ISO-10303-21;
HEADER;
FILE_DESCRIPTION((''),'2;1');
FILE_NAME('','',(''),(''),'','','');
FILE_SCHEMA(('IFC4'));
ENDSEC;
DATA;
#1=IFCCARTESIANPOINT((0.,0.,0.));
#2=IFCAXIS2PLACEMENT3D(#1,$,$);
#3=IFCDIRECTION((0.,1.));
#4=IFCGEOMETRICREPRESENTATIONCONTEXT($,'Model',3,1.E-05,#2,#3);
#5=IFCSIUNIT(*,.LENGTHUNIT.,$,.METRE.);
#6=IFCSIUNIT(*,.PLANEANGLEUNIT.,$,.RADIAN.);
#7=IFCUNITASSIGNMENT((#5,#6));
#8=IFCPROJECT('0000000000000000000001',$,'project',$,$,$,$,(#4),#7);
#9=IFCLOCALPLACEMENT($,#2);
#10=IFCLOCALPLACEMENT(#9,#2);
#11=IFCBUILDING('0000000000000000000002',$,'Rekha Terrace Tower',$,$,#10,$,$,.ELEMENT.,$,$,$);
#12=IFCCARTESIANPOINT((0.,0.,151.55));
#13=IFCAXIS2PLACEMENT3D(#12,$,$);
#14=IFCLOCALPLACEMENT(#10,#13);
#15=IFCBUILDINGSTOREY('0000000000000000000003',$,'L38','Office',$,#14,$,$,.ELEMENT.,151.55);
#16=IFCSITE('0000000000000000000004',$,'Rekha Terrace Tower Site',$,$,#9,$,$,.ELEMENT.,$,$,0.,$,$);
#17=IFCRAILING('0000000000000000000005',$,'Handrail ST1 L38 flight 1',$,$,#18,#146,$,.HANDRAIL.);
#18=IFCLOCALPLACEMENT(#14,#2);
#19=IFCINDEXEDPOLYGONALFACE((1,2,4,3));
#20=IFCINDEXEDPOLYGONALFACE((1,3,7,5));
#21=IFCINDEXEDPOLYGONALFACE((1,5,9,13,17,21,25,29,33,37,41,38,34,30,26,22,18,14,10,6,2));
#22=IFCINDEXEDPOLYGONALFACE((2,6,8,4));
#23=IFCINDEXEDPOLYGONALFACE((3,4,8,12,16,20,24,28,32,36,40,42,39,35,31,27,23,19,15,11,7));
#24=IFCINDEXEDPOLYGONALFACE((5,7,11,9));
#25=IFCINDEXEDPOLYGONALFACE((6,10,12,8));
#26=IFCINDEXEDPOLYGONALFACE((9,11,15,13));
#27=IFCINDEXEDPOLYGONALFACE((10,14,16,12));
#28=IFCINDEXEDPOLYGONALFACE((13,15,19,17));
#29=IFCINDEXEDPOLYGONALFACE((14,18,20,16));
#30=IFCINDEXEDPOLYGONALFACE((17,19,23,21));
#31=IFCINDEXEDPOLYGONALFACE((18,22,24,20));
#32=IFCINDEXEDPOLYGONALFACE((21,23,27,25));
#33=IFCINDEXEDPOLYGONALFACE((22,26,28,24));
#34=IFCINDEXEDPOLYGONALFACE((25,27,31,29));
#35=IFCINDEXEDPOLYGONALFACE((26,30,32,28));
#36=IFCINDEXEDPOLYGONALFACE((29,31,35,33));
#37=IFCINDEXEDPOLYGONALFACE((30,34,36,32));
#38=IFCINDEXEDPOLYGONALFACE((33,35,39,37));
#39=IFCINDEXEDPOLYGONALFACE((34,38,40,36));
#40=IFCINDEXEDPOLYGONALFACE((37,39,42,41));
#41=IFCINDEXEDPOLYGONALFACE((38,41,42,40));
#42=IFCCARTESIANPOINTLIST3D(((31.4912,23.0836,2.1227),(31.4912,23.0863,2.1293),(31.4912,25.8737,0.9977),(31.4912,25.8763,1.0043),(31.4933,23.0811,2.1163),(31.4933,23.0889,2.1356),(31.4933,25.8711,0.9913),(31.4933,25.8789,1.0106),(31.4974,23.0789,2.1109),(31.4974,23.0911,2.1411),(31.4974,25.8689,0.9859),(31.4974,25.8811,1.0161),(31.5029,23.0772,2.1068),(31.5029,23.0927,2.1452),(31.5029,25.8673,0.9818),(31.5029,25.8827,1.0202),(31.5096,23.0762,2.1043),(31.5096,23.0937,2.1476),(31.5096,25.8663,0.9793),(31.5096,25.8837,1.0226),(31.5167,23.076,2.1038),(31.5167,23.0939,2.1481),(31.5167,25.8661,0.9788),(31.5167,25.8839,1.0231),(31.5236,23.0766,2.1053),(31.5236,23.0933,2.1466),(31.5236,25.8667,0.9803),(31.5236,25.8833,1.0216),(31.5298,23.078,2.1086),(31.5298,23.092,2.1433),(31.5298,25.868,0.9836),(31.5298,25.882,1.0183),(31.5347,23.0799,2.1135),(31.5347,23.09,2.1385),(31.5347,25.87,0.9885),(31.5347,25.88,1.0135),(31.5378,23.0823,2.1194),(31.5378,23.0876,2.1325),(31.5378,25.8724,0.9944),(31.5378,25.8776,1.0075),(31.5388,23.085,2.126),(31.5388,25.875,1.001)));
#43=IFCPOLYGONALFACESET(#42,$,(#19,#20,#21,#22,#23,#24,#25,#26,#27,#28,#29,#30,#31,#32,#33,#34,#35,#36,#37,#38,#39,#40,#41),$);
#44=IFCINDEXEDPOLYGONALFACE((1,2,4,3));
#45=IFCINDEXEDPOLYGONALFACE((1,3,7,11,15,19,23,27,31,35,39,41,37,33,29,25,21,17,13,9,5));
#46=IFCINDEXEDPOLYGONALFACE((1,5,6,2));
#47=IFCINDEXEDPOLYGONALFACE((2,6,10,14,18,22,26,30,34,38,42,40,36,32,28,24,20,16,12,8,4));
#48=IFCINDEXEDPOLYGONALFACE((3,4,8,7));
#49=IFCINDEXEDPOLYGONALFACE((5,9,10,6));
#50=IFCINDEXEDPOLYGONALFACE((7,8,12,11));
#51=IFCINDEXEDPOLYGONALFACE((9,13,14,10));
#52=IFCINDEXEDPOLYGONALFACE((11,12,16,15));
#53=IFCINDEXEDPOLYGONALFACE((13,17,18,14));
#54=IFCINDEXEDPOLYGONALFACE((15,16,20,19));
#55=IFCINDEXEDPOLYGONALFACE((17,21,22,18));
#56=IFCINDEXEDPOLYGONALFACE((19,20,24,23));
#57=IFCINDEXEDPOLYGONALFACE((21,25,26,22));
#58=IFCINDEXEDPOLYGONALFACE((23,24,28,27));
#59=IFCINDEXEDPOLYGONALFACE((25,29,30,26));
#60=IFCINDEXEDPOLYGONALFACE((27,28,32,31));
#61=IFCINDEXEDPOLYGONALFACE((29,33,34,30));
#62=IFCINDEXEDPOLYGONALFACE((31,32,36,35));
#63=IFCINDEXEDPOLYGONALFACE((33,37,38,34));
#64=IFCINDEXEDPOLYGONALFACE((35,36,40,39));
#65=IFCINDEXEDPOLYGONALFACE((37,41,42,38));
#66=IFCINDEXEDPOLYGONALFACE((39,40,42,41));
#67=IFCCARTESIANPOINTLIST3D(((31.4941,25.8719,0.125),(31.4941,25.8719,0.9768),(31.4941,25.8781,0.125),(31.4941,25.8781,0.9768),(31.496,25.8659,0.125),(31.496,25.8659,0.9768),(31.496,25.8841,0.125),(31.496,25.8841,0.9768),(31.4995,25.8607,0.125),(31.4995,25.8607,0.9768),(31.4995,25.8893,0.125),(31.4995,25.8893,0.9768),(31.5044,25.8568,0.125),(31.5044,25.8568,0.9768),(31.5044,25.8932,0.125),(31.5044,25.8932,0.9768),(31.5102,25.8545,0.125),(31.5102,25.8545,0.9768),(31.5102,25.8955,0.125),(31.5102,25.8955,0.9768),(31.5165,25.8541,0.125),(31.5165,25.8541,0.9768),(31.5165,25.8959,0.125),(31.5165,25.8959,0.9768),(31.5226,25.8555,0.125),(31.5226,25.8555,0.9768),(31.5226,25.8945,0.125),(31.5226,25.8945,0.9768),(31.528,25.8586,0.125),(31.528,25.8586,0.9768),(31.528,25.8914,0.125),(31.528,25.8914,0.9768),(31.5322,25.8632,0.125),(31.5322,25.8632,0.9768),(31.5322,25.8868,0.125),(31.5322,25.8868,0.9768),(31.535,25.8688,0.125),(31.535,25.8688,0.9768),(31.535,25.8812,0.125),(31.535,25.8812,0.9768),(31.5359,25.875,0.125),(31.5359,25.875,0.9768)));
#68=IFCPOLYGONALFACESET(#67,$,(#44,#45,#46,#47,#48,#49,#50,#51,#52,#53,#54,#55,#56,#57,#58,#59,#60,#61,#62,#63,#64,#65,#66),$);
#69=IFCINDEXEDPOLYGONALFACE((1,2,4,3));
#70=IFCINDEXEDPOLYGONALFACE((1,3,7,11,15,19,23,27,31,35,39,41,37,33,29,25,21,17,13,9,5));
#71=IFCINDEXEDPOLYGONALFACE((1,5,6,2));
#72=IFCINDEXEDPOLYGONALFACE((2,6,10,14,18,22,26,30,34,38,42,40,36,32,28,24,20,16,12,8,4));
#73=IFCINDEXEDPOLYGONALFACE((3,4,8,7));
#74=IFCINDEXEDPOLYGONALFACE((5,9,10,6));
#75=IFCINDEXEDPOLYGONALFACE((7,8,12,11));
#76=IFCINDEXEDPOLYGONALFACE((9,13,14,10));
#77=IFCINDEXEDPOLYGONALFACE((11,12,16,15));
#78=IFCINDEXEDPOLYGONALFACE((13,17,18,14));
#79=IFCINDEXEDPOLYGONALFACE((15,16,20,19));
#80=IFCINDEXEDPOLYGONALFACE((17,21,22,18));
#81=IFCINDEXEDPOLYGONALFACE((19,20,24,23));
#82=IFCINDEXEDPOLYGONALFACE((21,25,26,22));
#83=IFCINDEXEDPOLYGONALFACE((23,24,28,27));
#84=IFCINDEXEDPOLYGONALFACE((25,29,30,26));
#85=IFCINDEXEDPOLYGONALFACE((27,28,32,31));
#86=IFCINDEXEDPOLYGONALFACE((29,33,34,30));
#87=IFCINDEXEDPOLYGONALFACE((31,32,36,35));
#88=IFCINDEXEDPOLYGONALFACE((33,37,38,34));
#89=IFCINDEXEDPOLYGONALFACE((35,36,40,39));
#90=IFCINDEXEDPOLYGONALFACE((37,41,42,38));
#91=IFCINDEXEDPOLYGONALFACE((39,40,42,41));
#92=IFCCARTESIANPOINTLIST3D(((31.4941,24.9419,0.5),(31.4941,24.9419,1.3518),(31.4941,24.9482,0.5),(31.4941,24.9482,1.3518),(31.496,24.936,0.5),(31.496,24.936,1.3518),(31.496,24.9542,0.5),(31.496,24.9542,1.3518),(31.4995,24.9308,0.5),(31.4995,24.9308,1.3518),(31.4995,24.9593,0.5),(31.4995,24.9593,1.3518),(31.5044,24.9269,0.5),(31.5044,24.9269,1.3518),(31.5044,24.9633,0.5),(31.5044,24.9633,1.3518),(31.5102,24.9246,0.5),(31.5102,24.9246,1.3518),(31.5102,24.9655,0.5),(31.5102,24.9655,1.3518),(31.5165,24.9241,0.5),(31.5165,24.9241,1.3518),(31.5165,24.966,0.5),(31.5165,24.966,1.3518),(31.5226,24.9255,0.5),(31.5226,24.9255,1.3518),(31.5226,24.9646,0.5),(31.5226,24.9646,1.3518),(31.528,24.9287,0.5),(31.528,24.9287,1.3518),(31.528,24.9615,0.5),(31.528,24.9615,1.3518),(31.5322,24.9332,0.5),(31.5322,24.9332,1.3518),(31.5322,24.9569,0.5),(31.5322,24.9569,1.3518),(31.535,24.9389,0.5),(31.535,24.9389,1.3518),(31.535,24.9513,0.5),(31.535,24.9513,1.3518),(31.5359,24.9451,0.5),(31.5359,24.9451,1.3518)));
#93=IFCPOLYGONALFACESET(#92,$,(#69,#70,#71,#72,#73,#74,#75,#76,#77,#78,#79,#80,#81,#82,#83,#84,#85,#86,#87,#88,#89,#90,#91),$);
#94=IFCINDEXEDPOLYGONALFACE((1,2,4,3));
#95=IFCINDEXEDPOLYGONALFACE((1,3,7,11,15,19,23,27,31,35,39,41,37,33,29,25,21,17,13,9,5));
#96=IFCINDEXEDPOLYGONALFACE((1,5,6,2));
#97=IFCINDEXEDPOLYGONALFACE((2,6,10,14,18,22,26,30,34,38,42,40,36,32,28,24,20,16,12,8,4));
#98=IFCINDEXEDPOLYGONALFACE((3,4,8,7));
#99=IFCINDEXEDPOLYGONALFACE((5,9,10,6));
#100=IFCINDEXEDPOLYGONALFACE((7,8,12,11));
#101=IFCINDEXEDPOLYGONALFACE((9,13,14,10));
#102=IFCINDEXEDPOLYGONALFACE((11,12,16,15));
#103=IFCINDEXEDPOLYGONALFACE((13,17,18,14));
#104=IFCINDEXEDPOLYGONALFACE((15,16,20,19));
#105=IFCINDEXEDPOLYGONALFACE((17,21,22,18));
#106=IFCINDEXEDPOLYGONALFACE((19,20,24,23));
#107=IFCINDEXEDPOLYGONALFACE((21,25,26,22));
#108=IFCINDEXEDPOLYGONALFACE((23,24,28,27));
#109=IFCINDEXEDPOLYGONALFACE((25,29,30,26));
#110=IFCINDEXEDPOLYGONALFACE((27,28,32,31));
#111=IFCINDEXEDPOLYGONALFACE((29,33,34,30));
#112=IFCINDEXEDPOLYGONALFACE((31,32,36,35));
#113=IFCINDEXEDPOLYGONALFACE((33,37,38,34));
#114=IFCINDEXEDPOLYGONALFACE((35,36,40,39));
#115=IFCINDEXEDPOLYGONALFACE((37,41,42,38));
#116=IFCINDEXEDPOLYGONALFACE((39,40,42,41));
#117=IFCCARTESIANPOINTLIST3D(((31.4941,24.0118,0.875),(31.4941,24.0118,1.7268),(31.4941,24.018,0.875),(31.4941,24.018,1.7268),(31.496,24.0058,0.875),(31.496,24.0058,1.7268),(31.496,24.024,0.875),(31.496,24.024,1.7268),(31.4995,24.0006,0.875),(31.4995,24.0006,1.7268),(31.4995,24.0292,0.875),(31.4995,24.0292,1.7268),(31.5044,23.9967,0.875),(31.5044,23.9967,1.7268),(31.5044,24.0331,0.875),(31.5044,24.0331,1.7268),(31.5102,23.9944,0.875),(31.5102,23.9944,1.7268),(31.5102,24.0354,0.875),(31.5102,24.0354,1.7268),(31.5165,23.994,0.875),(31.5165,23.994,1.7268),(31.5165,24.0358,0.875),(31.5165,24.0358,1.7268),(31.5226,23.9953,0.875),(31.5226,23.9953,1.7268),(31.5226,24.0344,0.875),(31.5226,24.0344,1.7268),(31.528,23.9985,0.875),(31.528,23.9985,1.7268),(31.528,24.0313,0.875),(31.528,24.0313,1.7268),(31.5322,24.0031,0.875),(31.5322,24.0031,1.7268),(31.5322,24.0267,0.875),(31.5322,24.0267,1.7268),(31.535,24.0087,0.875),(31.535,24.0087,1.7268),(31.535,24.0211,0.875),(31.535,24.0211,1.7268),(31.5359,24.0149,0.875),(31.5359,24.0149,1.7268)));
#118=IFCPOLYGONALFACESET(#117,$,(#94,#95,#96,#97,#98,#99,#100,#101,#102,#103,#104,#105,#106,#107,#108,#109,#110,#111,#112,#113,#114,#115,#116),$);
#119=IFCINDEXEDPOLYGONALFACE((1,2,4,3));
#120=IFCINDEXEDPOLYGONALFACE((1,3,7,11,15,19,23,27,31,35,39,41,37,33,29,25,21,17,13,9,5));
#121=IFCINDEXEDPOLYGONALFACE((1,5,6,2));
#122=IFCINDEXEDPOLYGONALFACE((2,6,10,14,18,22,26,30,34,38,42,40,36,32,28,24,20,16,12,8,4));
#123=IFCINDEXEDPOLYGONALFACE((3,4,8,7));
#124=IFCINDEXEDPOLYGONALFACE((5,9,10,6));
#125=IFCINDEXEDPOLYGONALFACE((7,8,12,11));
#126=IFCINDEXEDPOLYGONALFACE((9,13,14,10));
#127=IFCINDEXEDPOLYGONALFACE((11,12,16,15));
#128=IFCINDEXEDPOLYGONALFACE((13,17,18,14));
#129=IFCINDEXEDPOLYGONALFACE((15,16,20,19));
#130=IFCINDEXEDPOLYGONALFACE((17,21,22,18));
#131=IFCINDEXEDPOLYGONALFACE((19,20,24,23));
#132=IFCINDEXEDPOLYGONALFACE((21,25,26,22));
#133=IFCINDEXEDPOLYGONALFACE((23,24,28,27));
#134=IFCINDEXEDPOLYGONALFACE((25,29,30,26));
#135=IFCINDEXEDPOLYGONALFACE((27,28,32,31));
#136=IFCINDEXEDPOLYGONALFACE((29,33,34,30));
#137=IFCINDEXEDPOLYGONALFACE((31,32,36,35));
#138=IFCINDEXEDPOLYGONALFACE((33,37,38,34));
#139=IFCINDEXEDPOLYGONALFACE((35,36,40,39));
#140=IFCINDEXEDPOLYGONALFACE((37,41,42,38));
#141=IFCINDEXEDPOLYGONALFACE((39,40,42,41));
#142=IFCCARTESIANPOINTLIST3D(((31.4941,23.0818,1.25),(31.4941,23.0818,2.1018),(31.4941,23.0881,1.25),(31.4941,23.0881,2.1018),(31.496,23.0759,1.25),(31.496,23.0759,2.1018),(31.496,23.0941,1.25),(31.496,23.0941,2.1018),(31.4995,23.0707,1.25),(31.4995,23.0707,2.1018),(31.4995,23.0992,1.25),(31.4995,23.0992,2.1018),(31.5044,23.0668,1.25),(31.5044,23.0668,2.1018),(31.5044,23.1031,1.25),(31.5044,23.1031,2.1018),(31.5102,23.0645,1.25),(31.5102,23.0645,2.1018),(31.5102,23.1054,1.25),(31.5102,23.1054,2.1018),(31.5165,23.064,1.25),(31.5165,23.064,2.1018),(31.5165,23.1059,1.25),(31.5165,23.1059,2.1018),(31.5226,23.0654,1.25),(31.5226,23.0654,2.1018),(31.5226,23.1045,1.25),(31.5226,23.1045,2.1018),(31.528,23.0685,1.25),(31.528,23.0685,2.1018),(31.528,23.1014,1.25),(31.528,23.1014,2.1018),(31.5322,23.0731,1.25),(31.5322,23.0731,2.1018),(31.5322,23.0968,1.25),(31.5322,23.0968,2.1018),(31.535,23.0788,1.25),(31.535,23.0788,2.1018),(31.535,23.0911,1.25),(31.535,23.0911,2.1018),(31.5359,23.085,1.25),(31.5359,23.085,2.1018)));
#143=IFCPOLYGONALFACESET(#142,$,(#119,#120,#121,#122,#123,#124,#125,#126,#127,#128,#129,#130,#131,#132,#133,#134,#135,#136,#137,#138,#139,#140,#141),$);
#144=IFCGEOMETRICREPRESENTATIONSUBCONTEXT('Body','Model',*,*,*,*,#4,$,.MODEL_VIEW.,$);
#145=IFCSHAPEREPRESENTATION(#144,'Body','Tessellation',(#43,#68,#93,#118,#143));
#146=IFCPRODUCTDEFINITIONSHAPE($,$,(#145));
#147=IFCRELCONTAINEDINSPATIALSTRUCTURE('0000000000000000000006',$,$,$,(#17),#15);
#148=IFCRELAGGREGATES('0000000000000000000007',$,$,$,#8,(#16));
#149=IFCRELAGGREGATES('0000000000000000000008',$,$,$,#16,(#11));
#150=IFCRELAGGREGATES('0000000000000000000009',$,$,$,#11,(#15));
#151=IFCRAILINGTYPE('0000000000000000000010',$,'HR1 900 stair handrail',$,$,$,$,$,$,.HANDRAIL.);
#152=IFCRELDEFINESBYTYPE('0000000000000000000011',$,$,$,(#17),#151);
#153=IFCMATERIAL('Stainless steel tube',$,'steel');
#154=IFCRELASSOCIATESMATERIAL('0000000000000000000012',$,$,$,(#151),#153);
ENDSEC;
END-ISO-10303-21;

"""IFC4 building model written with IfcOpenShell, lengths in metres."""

from ifc_helpers import new_model, si_unit, direction, frame, origin, origin_2d, place, context, subcontext, project, spatial, circle, extrude, material, type_object, element, save


model = new_model("IFC4")

# Units and contexts
model_context = context("Model", 3, precision=1e-05, world=origin(), true_north=direction((0.0, 1.0)))
body_context = subcontext(model_context, "Body", "Model", "MODEL_VIEW")
ifc_project = project(units=[si_unit("LENGTHUNIT", "METRE"), si_unit("PLANEANGLEUNIT", "RADIAN")], contexts=[model_context])

# Site, building, storey
site_placement = place(None, origin())
site = spatial("IfcSite", under=ifc_project, at=site_placement, Name="Rekha Terrace Tower Site", CompositionType="ELEMENT", RefElevation=0.0)
building_placement = place(site_placement, origin())
building = spatial("IfcBuilding", under=site, at=building_placement, Name="Rekha Terrace Tower", CompositionType="ELEMENT")
storey_placement = place(building_placement, frame((0.0, 0.0, 151.55)))
storey = spatial("IfcBuildingStorey", under=building, at=storey_placement, Name="L38", Description="Office", CompositionType="ELEMENT", Elevation=151.55)

# Railing
ifc_material_1 = material(Name="Stainless steel tube", Category="steel")
railing_type = type_object("IfcRailingType", Name="HR1 900 stair handrail", PredefinedType="HANDRAIL", material=ifc_material_1)
railing_placement = place(storey_placement, frame((31.5149, 25.875, 0.125)))
element("IfcRailing", 1, at=railing_placement, inside=storey, type_object=railing_type, Name="Handrail ST1 L38 flight 1", PredefinedType="HANDRAIL", context=body_context, shape_type="SweptSolid", body=[
    extrude(circle(Radius=0.0239, at=origin_2d()), frame((0.0, 0.0, 0.876), z_axis=(0.0, -0.927443, 0.373964), x_axis=(1.0, 0.0, 0.0)), (0.0, 0.0, 1.0), 3.0083),
    extrude(circle(Radius=0.021, at=origin_2d()), origin(), (0.0, 0.0, 1.0), 0.8518),
    extrude(circle(Radius=0.021, at=origin_2d()), frame((0.0, -0.9299, 0.375)), (0.0, 0.0, 1.0), 0.8518),
    extrude(circle(Radius=0.021, at=origin_2d()), frame((0.0, -1.8601, 0.75)), (0.0, 0.0, 1.0), 0.8518),
    extrude(circle(Radius=0.021, at=origin_2d()), frame((0.0, -2.79, 1.125)), (0.0, 0.0, 1.0), 0.8518),
])

save(model, "model.ifc")
